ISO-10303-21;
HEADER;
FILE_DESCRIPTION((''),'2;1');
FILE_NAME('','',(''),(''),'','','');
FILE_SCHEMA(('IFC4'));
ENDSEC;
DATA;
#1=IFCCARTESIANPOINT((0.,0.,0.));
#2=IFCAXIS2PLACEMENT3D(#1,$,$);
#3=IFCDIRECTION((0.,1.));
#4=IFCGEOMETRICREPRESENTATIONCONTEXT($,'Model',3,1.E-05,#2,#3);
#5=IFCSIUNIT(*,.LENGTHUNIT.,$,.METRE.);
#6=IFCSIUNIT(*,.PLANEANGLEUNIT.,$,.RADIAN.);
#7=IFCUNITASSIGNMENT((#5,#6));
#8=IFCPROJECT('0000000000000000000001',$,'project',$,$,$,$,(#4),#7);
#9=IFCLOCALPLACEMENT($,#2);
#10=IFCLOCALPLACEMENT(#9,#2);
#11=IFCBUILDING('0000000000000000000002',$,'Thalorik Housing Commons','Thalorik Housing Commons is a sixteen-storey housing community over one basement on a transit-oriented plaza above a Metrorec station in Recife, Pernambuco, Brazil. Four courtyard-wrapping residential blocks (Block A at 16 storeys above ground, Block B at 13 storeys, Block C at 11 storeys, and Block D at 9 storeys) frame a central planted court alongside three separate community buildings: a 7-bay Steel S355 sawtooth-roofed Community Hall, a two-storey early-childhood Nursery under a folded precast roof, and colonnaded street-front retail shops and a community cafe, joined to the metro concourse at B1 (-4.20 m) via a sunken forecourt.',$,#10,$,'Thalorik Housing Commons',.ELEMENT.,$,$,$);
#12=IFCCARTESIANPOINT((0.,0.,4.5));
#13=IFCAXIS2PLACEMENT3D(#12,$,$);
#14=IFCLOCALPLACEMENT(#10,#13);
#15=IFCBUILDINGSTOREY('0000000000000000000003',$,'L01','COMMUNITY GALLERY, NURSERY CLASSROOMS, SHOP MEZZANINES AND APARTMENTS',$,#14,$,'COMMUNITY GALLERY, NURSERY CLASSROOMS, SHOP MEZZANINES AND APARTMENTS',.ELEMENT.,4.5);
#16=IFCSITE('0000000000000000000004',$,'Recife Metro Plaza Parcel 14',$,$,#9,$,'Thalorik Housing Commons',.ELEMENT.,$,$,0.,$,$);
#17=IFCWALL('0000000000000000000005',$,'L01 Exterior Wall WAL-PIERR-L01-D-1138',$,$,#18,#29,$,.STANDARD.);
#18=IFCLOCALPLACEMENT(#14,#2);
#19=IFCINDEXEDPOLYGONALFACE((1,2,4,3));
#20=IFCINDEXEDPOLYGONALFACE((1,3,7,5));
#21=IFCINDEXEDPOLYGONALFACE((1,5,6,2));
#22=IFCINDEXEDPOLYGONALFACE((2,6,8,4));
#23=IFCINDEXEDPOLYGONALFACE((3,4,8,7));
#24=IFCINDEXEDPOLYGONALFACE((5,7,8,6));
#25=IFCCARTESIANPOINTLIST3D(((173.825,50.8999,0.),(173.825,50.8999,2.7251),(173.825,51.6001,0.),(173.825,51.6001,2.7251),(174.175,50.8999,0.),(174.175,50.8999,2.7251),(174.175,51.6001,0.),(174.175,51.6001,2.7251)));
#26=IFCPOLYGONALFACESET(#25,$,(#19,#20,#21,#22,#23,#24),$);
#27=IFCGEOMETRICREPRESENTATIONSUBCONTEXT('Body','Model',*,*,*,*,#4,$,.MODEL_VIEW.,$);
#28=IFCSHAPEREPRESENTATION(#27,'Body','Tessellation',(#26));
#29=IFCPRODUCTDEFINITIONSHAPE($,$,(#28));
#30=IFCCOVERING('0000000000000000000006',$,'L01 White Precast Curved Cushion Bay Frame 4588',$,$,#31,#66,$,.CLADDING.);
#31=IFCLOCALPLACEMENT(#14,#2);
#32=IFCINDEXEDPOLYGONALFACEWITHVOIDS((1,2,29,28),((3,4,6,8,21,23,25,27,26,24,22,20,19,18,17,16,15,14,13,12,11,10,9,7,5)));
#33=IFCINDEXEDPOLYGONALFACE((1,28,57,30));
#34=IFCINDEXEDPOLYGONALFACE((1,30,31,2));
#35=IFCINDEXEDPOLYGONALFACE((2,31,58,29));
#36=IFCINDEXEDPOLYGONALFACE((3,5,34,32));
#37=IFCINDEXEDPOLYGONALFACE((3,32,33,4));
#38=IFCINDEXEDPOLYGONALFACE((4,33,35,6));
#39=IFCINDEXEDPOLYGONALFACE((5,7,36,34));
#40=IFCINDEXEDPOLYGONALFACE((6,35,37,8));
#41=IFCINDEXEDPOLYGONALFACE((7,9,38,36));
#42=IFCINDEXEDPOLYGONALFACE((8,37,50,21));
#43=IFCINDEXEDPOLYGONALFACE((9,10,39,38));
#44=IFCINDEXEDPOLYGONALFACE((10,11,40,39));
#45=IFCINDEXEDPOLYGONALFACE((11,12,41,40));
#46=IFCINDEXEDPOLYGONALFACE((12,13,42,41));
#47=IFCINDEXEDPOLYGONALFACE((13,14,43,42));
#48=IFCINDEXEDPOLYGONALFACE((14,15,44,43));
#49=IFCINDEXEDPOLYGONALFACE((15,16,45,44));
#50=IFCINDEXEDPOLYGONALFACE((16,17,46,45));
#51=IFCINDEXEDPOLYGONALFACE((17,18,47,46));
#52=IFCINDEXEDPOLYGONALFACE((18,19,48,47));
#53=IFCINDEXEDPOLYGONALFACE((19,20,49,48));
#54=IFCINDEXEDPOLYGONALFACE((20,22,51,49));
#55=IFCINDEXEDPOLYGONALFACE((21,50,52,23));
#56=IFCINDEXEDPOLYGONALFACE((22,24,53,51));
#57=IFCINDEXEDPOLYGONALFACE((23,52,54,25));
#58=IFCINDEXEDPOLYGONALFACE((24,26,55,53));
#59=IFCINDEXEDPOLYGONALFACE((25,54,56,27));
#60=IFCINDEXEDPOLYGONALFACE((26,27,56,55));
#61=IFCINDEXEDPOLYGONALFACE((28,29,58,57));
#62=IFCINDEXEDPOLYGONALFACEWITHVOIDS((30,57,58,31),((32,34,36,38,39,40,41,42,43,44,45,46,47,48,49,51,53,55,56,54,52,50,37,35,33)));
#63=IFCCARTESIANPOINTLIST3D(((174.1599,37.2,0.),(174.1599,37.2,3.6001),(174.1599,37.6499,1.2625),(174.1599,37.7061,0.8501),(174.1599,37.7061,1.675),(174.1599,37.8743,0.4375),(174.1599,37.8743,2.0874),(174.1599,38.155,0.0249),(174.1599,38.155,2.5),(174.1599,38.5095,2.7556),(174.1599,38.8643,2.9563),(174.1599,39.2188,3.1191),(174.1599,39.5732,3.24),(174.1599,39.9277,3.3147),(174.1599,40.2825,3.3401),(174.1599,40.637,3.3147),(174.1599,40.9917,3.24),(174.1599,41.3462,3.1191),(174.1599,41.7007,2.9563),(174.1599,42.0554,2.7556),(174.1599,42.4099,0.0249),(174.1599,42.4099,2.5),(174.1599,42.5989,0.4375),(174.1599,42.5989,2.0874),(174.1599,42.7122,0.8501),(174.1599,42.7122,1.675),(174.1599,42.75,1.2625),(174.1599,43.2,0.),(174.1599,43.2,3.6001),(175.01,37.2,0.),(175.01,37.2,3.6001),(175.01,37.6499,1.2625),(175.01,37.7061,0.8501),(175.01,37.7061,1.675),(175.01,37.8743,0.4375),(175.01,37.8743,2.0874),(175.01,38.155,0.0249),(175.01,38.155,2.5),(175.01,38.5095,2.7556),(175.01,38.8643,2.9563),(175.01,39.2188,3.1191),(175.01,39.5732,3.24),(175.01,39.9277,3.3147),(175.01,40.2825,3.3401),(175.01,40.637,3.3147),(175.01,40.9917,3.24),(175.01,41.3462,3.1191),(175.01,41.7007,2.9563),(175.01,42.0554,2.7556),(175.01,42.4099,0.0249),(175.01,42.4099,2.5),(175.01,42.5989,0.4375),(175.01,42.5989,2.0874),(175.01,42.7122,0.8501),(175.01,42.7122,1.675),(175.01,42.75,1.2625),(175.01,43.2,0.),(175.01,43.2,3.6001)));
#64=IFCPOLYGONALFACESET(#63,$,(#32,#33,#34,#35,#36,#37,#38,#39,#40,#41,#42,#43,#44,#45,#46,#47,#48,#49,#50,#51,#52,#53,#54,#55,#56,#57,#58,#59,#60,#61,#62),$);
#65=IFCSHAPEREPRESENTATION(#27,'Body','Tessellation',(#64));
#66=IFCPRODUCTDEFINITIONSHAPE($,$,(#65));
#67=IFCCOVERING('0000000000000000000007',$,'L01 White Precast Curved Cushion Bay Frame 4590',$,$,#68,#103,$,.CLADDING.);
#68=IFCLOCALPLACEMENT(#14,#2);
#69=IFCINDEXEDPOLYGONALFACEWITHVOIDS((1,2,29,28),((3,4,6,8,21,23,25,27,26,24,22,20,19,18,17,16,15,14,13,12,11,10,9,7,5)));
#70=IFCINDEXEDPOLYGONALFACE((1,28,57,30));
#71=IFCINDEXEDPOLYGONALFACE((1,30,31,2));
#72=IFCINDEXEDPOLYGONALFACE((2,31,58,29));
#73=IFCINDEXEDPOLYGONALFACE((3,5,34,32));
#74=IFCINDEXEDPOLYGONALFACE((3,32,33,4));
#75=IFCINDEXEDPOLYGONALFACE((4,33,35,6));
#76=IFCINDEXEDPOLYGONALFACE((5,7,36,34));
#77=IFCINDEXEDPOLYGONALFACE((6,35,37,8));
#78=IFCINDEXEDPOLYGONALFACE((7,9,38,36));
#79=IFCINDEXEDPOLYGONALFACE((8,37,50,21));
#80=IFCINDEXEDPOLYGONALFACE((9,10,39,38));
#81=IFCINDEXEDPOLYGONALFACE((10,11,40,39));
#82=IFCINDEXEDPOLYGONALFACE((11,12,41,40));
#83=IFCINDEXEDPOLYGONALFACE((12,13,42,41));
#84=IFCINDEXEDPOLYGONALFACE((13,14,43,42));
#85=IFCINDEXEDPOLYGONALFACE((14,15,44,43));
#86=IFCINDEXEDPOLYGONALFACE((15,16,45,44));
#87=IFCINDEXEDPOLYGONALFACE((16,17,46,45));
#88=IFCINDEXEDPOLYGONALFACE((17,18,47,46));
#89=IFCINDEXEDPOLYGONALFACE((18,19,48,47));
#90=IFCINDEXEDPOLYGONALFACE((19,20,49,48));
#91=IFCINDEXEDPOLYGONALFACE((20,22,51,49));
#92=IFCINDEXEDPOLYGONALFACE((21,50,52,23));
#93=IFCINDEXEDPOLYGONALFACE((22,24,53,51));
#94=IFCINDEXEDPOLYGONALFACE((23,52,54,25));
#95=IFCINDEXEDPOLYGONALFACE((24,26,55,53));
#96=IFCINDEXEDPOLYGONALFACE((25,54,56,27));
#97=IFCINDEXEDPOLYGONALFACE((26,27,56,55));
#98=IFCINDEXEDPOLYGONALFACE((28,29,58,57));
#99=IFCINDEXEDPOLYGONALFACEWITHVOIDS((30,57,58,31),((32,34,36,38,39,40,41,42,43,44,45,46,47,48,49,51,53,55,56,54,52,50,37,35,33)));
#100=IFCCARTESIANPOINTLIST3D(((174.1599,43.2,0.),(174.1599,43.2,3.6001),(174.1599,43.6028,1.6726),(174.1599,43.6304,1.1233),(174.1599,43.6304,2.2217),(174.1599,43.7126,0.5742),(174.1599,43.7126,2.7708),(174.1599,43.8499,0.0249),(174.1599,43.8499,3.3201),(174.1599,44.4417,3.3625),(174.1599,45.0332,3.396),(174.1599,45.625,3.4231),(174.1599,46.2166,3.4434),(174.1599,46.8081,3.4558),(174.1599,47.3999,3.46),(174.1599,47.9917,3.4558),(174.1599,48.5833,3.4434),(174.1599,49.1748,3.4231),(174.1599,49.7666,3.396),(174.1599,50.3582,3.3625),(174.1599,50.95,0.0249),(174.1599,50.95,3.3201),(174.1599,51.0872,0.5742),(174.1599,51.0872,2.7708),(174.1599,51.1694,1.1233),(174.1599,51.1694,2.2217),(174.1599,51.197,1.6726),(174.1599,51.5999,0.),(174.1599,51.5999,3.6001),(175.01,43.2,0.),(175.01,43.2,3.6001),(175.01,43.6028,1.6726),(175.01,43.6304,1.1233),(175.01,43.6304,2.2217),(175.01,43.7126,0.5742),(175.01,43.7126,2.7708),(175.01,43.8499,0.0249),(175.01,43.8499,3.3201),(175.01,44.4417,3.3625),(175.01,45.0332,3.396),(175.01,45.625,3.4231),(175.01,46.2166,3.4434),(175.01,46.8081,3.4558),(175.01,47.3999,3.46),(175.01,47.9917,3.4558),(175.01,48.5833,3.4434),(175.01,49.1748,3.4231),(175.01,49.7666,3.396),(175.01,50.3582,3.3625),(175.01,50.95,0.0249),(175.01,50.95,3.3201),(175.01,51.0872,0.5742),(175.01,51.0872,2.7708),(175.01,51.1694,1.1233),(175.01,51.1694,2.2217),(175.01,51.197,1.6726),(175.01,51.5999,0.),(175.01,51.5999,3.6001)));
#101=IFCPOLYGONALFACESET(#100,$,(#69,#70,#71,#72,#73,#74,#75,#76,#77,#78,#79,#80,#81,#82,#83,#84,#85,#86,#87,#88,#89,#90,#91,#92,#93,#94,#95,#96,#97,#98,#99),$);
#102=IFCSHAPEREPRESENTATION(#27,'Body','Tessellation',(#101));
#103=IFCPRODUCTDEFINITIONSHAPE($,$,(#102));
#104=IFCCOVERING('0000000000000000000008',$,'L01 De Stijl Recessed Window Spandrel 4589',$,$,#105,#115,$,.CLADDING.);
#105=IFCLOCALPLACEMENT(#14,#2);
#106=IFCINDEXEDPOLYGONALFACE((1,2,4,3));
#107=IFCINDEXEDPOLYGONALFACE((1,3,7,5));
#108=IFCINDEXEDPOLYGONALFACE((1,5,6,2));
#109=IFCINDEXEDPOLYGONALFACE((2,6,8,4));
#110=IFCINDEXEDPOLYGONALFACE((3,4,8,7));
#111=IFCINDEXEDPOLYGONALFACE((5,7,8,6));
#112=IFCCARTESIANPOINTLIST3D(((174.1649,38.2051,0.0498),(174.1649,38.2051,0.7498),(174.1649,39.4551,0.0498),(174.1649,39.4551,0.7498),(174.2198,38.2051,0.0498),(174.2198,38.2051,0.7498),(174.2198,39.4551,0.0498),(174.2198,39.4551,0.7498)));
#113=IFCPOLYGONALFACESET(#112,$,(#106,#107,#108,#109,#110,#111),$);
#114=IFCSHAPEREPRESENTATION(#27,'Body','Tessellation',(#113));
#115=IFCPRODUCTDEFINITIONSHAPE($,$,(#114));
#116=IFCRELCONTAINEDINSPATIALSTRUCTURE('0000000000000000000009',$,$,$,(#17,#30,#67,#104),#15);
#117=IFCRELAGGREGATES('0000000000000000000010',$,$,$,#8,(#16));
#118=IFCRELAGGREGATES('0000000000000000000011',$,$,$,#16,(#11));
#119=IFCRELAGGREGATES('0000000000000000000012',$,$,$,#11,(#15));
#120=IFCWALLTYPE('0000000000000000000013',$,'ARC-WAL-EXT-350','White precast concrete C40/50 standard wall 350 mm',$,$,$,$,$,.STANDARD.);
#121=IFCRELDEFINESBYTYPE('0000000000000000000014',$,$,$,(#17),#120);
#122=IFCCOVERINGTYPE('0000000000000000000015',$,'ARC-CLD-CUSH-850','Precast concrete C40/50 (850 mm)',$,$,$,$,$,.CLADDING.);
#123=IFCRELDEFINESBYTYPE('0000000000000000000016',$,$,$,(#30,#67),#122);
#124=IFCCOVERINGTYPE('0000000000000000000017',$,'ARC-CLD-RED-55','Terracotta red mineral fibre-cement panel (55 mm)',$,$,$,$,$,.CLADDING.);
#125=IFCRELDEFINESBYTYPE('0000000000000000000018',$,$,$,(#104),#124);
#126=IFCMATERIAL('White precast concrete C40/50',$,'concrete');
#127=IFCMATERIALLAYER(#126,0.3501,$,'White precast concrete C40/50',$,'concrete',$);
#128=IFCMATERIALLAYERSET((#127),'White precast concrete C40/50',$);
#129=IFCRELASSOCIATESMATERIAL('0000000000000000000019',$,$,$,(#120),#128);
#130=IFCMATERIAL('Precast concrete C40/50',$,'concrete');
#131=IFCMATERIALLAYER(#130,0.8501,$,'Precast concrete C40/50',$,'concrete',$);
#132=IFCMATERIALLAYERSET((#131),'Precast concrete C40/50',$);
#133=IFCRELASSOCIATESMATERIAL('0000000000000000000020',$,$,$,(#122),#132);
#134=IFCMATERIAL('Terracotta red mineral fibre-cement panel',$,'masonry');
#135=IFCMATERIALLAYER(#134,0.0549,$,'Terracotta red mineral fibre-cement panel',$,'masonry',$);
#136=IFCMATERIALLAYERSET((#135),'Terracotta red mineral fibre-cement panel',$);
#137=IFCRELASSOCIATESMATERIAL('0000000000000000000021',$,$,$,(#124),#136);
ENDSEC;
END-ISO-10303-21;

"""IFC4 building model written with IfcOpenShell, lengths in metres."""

from ifc_helpers import new_model, si_unit, direction, frame, frame_2d, origin, origin_2d, place, context, subcontext, project, spatial, polyline, rectangle, outline, extrude, material, layer, layer_set, type_object, element, save


model = new_model("IFC4")

# Units and contexts
model_context = context("Model", 3, precision=1e-05, world=origin(), true_north=direction((0.0, 1.0)))
body_context = subcontext(model_context, "Body", "Model", "MODEL_VIEW")
ifc_project = project(units=[si_unit("LENGTHUNIT", "METRE"), si_unit("PLANEANGLEUNIT", "RADIAN")], contexts=[model_context])

# Site, building, storey
site_placement = place(None, origin())
site = spatial("IfcSite", under=ifc_project, at=site_placement, Name="Recife Metro Plaza Parcel 14", LongName="Thalorik Housing Commons", CompositionType="ELEMENT", RefElevation=0.0)
building_placement = place(site_placement, origin())
building = spatial("IfcBuilding", under=site, at=building_placement, Name="Thalorik Housing Commons", Description="Thalorik Housing Commons is a sixteen-storey housing community over one basement on a transit-oriented plaza above a Metrorec station in Recife, Pernambuco, Brazil. Four courtyard-wrapping residential blocks (Block A at 16 storeys above ground, Block B at 13 storeys, Block C at 11 storeys, and Block D at 9 storeys) frame a central planted court alongside three separate community buildings: a 7-bay Steel S355 sawtooth-roofed Community Hall, a two-storey early-childhood Nursery under a folded precast roof, and colonnaded street-front retail shops and a community cafe, joined to the metro concourse at B1 (-4.20 m) via a sunken forecourt.", LongName="Thalorik Housing Commons", CompositionType="ELEMENT")
storey_placement = place(building_placement, frame((0.0, 0.0, 4.5)))
storey = spatial("IfcBuildingStorey", under=building, at=storey_placement, Name="L01", Description="COMMUNITY GALLERY, NURSERY CLASSROOMS, SHOP MEZZANINES AND APARTMENTS", LongName="COMMUNITY GALLERY, NURSERY CLASSROOMS, SHOP MEZZANINES AND APARTMENTS", CompositionType="ELEMENT", Elevation=4.5)

# Shared definitions
ifc_material_1 = material(Name="Precast concrete C40/50", Category="concrete")

# Wall
ifc_material_2 = material(Name="White precast concrete C40/50", Category="concrete")
ifc_layer_1 = layer(ifc_material_2, 0.3501, Name="White precast concrete C40/50", Category="concrete")
ifc_layer_set_1 = layer_set([ifc_layer_1], Name="White precast concrete C40/50")
wall_type = type_object("IfcWallType", Name="ARC-WAL-EXT-350", Description="White precast concrete C40/50 standard wall 350 mm", PredefinedType="STANDARD", material=ifc_layer_set_1)
wall_1_placement = place(storey_placement, frame((174.0, 50.8999, 0.0), z_axis=(0.0, 0.0, 1.0), x_axis=(0.0, 1.0, 0.0)))
element("IfcWall", 1, at=wall_1_placement, inside=storey, type_object=wall_type, Name="L01 Exterior Wall WAL-PIERR-L01-D-1138", PredefinedType="STANDARD", context=body_context, shape_type="SweptSolid", body=[
    extrude(rectangle(XDim=0.7002, YDim=0.3501, at=frame_2d((0.3501, 0.0))), origin(), (0.0, 0.0, 1.0), 2.7251),
])

# Coverings
ifc_layer_2 = layer(ifc_material_1, 0.8501, Name="Precast concrete C40/50", Category="concrete")
ifc_layer_set_2 = layer_set([ifc_layer_2], Name="Precast concrete C40/50")
covering_type_1 = type_object("IfcCoveringType", Name="ARC-CLD-CUSH-850", Description="Precast concrete C40/50 (850 mm)", PredefinedType="CLADDING", material=ifc_layer_set_2)
covering_1_placement = place(storey_placement, frame((174.585, 40.2, 0.0), z_axis=(0.0, 0.0, 1.0), x_axis=(0.0, 1.0, 0.0)))
element("IfcCovering", 2, at=covering_1_placement, inside=storey, type_object=covering_type_1, Name="L01 White Precast Curved Cushion Bay Frame 4588", PredefinedType="CLADDING", context=body_context, shape_type="SweptSolid", body=[
    extrude(outline(polyline([(-3.0, 0.0), (3.0, 0.0), (3.0, 3.6001), (-3.0, 3.6001), (-3.0, 0.0)]), holes=[polyline([(2.21, 0.0249), (2.3989, 0.4375), (2.5122, 0.8501), (2.55, 1.2625), (2.5122, 1.675), (2.3989, 2.0874), (2.21, 2.5), (1.8555, 2.7556), (1.5007, 2.9563), (1.1462, 3.1191), (0.7917, 3.24), (0.437, 3.3147), (0.0825, 3.3401), (-0.2722, 3.3147), (-0.6267, 3.24), (-0.9812, 3.1191), (-1.3357, 2.9563), (-1.6904, 2.7556), (-2.0449, 2.5), (-2.3257, 2.0874), (-2.4939, 1.675), (-2.55, 1.2625), (-2.4939, 0.8501), (-2.3257, 0.4375), (-2.0449, 0.0249), (2.21, 0.0249)])]), frame((0.0, 0.425, 0.0), z_axis=(0.0, -1.0, 0.0), x_axis=(1.0, 0.0, 0.0)), (0.0, 0.0, 1.0), 0.8501),
])
covering_2_placement = place(storey_placement, frame((174.585, 47.3999, 0.0), z_axis=(0.0, 0.0, 1.0), x_axis=(0.0, 1.0, 0.0)))
element("IfcCovering", 3, at=covering_2_placement, inside=storey, type_object=covering_type_1, Name="L01 White Precast Curved Cushion Bay Frame 4590", PredefinedType="CLADDING", context=body_context, shape_type="SweptSolid", body=[
    extrude(outline(polyline([(-4.2, 0.0), (4.2, 0.0), (4.2, 3.6001), (-4.2, 3.6001), (-4.2, 0.0)]), holes=[polyline([(3.55, 0.0249), (3.6873, 0.5742), (3.7695, 1.1233), (3.7971, 1.6726), (3.7695, 2.2217), (3.6873, 2.7708), (3.55, 3.3201), (2.9583, 3.3625), (2.3667, 3.396), (1.7749, 3.4231), (1.1833, 3.4434), (0.5918, 3.4558), (0.0, 3.46), (-0.5918, 3.4558), (-1.1833, 3.4434), (-1.7749, 3.4231), (-2.3667, 3.396), (-2.9583, 3.3625), (-3.55, 3.3201), (-3.6873, 2.7708), (-3.7695, 2.2217), (-3.7971, 1.6726), (-3.7695, 1.1233), (-3.6873, 0.5742), (-3.55, 0.0249), (3.55, 0.0249)])]), frame((0.0, 0.425, 0.0), z_axis=(0.0, -1.0, 0.0), x_axis=(1.0, 0.0, 0.0)), (0.0, 0.0, 1.0), 0.8501),
])
ifc_material_3 = material(Name="Terracotta red mineral fibre-cement panel", Category="masonry")
ifc_layer_3 = layer(ifc_material_3, 0.0549, Name="Terracotta red mineral fibre-cement panel", Category="masonry")
ifc_layer_set_3 = layer_set([ifc_layer_3], Name="Terracotta red mineral fibre-cement panel")
covering_type_2 = type_object("IfcCoveringType", Name="ARC-CLD-RED-55", Description="Terracotta red mineral fibre-cement panel (55 mm)", PredefinedType="CLADDING", material=ifc_layer_set_3)
covering_3_placement = place(storey_placement, frame((174.1924, 38.8301, 0.0498), z_axis=(0.0, 0.0, 1.0), x_axis=(0.0, 1.0, 0.0)))
element("IfcCovering", 4, at=covering_3_placement, inside=storey, type_object=covering_type_2, Name="L01 De Stijl Recessed Window Spandrel 4589", PredefinedType="CLADDING", context=body_context, shape_type="SweptSolid", body=[
    extrude(rectangle(XDim=1.25, YDim=0.0549, at=origin_2d()), origin(), (0.0, 0.0, 1.0), 0.7),
])

save(model, "model.ifc")
